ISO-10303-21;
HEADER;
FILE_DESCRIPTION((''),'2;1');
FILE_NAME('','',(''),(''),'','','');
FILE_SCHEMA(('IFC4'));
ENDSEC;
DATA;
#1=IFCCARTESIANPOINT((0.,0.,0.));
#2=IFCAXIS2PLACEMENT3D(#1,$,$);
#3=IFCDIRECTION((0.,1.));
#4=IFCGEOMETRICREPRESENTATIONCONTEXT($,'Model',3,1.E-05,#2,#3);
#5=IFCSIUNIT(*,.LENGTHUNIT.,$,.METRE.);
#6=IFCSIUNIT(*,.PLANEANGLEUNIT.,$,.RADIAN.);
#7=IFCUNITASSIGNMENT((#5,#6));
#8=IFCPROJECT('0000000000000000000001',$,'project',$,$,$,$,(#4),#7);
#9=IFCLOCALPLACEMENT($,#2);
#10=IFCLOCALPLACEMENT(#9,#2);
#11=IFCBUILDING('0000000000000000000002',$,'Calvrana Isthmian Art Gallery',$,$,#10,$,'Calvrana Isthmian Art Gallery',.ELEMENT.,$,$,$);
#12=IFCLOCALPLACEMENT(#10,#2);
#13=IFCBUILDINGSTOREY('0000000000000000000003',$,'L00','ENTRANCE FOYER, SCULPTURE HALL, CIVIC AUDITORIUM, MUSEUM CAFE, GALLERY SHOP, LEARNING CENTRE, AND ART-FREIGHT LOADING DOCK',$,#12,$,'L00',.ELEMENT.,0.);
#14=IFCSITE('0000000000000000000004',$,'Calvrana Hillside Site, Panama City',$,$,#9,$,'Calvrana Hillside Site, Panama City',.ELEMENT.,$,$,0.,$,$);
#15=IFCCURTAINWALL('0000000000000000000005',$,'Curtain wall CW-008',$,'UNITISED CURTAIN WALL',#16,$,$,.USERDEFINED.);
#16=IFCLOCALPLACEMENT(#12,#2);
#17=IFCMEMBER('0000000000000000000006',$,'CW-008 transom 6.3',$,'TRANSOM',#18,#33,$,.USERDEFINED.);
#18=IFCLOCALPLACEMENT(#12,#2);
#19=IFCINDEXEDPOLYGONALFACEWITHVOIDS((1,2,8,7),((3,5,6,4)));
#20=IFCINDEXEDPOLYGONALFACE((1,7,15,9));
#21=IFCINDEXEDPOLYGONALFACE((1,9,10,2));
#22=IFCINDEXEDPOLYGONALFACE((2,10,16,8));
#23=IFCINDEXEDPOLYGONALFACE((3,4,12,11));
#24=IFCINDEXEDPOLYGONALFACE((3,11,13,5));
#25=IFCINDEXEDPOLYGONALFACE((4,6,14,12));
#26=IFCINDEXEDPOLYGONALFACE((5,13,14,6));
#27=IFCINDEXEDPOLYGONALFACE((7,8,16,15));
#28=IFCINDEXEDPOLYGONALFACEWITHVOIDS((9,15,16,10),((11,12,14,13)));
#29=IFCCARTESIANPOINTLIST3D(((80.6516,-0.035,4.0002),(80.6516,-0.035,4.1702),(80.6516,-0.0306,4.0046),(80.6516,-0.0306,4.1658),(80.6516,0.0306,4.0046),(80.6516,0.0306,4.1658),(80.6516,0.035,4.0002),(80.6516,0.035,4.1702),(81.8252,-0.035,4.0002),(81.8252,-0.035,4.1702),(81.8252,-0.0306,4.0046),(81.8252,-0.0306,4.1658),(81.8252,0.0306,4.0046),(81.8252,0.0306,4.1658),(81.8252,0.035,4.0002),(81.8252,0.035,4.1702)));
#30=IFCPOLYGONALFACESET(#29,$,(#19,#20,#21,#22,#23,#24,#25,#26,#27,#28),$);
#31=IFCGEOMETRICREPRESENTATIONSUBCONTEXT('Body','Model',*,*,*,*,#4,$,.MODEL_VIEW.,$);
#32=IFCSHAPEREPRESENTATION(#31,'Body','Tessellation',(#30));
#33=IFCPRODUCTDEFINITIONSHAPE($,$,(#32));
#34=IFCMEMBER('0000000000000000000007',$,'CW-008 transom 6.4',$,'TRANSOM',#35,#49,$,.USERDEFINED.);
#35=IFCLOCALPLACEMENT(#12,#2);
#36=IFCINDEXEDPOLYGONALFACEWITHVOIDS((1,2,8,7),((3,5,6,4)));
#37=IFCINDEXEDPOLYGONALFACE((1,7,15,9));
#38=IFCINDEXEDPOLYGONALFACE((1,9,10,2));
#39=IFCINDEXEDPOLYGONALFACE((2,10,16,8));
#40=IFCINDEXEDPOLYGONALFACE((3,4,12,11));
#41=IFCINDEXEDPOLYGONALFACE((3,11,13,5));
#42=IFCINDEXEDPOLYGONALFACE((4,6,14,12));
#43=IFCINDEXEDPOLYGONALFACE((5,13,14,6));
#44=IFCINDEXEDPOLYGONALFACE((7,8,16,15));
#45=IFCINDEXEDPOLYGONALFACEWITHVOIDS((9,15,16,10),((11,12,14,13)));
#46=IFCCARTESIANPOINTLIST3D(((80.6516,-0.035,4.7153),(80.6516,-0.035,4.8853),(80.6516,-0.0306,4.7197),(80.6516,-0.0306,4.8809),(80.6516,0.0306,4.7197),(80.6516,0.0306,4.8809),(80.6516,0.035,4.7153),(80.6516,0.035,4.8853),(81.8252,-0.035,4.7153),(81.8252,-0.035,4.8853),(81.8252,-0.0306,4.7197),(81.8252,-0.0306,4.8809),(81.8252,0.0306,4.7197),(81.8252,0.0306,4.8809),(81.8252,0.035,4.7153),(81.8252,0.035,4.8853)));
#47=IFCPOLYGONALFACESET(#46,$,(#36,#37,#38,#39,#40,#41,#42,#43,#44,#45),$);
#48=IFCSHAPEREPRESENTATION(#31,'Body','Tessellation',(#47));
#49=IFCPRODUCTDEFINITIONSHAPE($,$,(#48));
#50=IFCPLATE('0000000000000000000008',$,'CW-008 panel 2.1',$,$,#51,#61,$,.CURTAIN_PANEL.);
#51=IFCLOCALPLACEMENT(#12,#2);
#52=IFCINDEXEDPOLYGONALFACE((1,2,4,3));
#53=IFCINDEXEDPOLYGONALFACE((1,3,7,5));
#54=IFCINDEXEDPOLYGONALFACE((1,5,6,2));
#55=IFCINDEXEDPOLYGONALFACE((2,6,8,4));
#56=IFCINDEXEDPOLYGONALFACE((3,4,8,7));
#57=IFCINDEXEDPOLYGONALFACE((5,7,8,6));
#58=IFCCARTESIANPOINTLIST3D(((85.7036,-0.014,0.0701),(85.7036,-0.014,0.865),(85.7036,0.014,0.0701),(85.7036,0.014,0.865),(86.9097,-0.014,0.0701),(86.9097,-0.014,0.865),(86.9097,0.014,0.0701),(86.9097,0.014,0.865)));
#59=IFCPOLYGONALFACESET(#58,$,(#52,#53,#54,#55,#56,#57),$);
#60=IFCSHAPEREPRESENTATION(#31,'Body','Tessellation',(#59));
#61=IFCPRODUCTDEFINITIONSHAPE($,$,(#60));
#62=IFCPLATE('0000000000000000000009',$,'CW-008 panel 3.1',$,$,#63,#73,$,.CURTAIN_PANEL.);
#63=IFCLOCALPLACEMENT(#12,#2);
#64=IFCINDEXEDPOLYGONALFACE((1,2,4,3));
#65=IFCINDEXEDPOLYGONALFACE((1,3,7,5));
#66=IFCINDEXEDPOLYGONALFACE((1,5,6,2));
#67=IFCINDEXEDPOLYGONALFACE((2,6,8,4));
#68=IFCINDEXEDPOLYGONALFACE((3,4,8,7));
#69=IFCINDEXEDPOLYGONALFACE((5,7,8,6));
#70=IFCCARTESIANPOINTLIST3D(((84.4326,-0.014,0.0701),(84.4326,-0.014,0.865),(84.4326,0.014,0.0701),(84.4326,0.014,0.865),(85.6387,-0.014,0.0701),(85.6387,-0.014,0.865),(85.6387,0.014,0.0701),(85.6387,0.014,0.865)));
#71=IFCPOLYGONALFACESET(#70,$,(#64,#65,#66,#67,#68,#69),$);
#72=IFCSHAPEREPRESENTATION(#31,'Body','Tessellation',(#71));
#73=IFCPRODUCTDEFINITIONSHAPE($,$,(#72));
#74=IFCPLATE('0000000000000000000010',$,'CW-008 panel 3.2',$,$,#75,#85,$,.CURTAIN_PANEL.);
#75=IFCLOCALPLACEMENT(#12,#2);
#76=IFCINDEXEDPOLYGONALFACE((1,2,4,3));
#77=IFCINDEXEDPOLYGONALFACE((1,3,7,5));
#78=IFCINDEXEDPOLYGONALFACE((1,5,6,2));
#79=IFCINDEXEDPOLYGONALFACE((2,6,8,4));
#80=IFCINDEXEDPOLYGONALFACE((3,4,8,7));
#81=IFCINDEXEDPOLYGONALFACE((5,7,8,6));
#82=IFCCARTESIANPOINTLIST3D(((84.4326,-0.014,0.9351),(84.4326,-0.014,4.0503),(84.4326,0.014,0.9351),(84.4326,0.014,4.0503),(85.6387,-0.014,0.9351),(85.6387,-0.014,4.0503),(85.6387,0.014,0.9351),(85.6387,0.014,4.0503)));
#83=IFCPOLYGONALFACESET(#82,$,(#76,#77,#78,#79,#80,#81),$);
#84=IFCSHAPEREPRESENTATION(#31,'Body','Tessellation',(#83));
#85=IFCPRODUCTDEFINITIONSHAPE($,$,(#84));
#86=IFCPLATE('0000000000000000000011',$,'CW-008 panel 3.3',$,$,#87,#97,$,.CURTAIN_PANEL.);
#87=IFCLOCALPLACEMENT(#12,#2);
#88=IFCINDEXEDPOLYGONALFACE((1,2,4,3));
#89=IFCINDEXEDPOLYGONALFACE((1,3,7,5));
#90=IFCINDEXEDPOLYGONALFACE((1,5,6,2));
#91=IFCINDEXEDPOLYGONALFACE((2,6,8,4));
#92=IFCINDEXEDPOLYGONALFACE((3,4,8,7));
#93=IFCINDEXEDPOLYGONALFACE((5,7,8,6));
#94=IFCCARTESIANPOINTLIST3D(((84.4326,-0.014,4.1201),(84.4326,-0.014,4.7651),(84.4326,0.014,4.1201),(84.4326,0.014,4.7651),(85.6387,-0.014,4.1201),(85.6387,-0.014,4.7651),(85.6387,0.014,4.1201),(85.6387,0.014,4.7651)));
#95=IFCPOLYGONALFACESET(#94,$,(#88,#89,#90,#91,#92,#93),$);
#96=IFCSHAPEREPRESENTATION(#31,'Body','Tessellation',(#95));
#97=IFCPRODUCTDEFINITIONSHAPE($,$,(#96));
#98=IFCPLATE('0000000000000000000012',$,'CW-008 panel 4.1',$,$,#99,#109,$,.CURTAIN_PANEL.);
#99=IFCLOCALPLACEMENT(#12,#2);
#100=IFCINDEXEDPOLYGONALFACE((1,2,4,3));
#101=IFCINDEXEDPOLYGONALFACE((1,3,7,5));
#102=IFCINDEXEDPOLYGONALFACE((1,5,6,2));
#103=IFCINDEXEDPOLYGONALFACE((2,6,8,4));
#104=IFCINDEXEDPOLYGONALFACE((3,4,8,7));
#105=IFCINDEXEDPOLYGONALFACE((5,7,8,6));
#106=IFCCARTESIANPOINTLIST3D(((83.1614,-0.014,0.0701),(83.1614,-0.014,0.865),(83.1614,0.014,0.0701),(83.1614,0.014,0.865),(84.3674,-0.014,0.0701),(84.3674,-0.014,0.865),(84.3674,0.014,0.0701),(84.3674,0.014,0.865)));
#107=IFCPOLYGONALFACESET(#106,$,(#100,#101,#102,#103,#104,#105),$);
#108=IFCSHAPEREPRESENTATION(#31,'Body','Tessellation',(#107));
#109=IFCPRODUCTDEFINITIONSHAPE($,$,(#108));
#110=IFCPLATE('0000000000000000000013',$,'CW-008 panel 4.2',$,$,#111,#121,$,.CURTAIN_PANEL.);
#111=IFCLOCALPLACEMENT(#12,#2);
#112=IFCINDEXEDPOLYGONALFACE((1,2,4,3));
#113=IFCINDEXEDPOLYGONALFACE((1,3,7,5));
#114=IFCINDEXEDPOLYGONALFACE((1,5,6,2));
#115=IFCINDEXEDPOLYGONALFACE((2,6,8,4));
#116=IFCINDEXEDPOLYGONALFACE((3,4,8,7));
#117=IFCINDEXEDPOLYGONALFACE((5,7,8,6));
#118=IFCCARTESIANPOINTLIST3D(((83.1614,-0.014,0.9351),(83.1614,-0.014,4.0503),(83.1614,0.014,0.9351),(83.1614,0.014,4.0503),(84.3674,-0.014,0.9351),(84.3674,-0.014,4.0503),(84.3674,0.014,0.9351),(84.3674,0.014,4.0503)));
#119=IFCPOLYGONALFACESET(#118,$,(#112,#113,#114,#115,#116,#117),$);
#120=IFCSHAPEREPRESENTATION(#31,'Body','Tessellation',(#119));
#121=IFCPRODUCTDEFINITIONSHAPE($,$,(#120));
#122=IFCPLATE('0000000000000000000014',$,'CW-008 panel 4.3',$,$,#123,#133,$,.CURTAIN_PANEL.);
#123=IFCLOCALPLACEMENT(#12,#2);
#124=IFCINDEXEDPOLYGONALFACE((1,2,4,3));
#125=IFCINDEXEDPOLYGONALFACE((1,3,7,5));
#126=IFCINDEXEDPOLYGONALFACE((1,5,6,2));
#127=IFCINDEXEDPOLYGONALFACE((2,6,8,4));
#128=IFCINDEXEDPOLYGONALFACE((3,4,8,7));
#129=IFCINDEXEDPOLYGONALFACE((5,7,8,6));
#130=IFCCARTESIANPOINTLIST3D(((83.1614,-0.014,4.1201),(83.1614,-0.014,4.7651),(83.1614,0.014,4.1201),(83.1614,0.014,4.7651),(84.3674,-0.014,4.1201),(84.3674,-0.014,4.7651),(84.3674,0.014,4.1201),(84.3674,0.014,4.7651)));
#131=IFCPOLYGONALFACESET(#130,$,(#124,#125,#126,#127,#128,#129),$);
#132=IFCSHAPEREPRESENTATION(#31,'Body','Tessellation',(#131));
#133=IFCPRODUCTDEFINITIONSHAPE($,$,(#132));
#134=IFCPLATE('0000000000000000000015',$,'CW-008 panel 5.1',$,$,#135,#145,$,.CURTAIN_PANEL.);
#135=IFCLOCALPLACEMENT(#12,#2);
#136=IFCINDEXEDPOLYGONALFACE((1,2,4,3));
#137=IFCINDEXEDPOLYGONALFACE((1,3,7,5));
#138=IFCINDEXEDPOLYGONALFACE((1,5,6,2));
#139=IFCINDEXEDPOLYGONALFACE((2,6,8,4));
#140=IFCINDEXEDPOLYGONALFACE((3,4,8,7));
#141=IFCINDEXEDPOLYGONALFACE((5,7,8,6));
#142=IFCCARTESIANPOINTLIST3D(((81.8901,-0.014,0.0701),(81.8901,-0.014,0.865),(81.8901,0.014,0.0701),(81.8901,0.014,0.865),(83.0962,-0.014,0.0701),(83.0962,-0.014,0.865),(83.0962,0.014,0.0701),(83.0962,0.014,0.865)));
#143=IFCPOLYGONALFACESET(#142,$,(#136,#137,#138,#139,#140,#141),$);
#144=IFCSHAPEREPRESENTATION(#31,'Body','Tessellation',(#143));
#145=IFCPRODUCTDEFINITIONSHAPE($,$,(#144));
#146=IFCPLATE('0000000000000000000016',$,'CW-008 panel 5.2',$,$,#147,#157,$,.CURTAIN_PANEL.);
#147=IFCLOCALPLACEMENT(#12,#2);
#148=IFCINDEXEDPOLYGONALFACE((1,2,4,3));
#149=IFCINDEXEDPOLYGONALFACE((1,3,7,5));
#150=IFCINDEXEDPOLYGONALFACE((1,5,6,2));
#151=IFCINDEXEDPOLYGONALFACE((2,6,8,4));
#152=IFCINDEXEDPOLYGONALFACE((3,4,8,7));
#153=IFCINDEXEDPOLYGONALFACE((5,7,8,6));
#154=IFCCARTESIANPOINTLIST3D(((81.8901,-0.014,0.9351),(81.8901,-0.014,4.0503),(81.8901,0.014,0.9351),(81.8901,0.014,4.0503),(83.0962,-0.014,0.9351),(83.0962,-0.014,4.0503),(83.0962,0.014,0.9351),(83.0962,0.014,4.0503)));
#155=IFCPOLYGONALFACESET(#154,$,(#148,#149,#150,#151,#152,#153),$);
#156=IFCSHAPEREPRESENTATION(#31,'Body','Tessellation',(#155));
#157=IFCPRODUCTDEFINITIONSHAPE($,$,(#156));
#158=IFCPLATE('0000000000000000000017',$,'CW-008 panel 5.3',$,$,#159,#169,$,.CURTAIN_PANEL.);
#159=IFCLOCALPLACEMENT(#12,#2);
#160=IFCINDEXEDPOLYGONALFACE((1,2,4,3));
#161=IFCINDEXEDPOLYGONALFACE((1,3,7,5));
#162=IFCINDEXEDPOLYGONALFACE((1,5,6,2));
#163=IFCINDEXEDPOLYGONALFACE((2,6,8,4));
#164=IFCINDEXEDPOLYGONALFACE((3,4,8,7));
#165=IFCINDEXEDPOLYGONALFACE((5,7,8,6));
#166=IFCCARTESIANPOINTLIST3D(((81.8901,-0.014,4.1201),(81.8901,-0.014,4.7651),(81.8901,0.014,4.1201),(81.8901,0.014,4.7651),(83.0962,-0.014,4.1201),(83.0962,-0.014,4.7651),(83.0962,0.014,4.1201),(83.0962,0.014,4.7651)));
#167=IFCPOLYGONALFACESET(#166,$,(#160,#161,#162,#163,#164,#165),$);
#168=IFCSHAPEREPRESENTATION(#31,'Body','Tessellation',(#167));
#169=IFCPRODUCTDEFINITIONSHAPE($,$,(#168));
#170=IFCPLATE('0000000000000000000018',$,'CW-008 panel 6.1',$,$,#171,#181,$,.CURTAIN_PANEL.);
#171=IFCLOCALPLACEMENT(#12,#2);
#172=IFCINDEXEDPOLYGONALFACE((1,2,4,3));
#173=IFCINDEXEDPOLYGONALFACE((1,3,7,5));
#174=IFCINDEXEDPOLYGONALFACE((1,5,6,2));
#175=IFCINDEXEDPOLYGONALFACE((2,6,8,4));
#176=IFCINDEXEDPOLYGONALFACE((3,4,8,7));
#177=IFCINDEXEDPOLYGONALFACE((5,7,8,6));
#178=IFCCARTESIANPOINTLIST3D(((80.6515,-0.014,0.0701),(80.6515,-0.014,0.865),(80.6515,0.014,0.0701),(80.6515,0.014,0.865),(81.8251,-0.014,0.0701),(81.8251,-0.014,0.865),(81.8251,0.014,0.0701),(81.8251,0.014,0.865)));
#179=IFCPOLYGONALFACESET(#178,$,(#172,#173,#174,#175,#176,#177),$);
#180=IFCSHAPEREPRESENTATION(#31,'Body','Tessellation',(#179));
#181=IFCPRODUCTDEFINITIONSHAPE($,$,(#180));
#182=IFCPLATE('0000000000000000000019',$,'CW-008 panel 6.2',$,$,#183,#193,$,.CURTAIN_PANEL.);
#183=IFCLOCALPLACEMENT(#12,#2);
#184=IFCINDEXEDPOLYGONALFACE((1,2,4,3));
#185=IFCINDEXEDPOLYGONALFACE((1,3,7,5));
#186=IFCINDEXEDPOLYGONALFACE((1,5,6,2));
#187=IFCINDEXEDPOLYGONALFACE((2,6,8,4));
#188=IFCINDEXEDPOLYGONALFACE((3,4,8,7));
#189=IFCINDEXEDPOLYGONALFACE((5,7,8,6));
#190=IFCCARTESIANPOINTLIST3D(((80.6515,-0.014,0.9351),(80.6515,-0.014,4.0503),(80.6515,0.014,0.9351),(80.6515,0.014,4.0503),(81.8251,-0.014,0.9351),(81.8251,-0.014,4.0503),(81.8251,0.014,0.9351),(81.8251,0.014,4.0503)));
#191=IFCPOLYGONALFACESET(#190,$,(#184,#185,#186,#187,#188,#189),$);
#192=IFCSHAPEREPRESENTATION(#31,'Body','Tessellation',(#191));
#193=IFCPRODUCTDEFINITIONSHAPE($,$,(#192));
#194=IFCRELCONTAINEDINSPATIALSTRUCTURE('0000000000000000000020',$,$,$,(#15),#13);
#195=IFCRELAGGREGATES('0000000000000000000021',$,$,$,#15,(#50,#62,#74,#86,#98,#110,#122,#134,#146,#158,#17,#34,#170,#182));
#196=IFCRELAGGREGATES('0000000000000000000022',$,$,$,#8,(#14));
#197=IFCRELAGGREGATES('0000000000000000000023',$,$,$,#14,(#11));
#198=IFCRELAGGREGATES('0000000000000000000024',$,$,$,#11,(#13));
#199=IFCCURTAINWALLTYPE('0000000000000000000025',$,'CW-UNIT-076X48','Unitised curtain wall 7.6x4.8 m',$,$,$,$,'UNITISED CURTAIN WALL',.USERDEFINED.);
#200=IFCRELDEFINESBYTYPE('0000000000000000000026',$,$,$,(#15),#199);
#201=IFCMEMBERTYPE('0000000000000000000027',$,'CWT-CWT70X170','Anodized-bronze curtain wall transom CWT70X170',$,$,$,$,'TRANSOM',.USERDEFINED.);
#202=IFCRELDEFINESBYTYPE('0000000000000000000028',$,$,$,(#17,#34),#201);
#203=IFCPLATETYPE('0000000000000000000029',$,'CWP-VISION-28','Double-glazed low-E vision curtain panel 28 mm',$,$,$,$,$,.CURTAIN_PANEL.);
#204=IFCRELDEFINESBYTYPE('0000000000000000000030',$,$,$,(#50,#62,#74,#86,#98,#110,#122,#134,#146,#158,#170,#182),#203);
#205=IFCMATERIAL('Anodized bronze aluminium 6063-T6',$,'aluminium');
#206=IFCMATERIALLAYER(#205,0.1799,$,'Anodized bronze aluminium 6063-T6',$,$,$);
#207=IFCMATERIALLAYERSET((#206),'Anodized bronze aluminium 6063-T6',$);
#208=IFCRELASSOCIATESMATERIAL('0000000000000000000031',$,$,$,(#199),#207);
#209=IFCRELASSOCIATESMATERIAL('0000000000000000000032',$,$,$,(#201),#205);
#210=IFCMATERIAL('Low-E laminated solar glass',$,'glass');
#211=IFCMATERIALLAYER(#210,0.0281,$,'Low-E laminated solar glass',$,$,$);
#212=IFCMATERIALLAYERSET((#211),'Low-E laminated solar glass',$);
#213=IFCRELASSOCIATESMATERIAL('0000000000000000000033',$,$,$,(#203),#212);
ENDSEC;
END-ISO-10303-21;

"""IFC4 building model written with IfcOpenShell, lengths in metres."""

from ifc_helpers import new_model, si_unit, direction, frame, origin, origin_2d, place, context, subcontext, project, spatial, rectangle, hollow_rectangle, extrude, material, layer, layer_set, material_profile, profile_set, type_object, element, aggregate, save


model = new_model("IFC4")

# Units and contexts
model_context = context("Model", 3, precision=1e-05, world=origin(), true_north=direction((0.0, 1.0)))
body_context = subcontext(model_context, "Body", "Model", "MODEL_VIEW")
ifc_project = project(units=[si_unit("LENGTHUNIT", "METRE"), si_unit("PLANEANGLEUNIT", "RADIAN")], contexts=[model_context])

# Site, building, storey
site_placement = place(None, origin())
site = spatial("IfcSite", under=ifc_project, at=site_placement, Name="Calvrana Hillside Site, Panama City", LongName="Calvrana Hillside Site, Panama City", CompositionType="ELEMENT", RefElevation=0.0)
building_placement = place(site_placement, origin())
building = spatial("IfcBuilding", under=site, at=building_placement, Name="Calvrana Isthmian Art Gallery", LongName="Calvrana Isthmian Art Gallery", CompositionType="ELEMENT")
storey_placement = place(building_placement, origin())
storey = spatial("IfcBuildingStorey", under=building, at=storey_placement, Name="L00", Description="ENTRANCE FOYER, SCULPTURE HALL, CIVIC AUDITORIUM, MUSEUM CAFE, GALLERY SHOP, LEARNING CENTRE, AND ART-FREIGHT LOADING DOCK", LongName="L00", CompositionType="ELEMENT", Elevation=0.0)

# Curtain wall, members, plates
ifc_material_1 = material(Name="Anodized bronze aluminium 6063-T6", Category="aluminium")
ifc_layer_1 = layer(ifc_material_1, 0.1799, Name="Anodized bronze aluminium 6063-T6")
ifc_layer_set_1 = layer_set([ifc_layer_1], Name="Anodized bronze aluminium 6063-T6")
curtain_wall_type = type_object("IfcCurtainWallType", Name="CW-UNIT-076X48", Description="Unitised curtain wall 7.6x4.8 m", ElementType="UNITISED CURTAIN WALL", PredefinedType="USERDEFINED", material=ifc_layer_set_1)
curtain_wall_placement = place(storey_placement, origin())
curtain_wall = element("IfcCurtainWall", 1, at=curtain_wall_placement, inside=storey, type_object=curtain_wall_type, Name="Curtain wall CW-008", ObjectType="UNITISED CURTAIN WALL", PredefinedType="USERDEFINED")
ifc_material_profile_1 = material_profile(ifc_material_1, hollow_rectangle(XDim=0.0701, YDim=0.1699, WallThickness=0.0044, at=origin_2d()), Name="CWT70X170")
ifc_profile_set_1 = profile_set([ifc_material_profile_1], Name="Anodized bronze aluminium 6063-T6")
member_type_1 = type_object("IfcMemberType", Name="CWT-CWT70X170", Description="Anodized-bronze curtain wall transom CWT70X170", ElementType="TRANSOM", PredefinedType="USERDEFINED", material=ifc_profile_set_1)
member_1_placement = place(storey_placement, frame((81.8252, 0.0, 4.0852), z_axis=(-1.0, 0.0, 0.0), x_axis=(0.0, -1.0, 0.0)))
member_1 = element("IfcMember", 2, at=member_1_placement, type_object=member_type_1, Name="CW-008 transom 6.3", ObjectType="TRANSOM", PredefinedType="USERDEFINED", context=body_context, shape_type="SweptSolid", body=[
    extrude(hollow_rectangle(XDim=0.0701, YDim=0.1699, WallThickness=0.0044, at=origin_2d()), origin(), (0.0, 0.0, 1.0), 1.1736),
])
member_2_placement = place(storey_placement, frame((81.8252, 0.0, 4.8003), z_axis=(-1.0, 0.0, 0.0), x_axis=(0.0, -1.0, 0.0)))
member_2 = element("IfcMember", 3, at=member_2_placement, type_object=member_type_1, Name="CW-008 transom 6.4", ObjectType="TRANSOM", PredefinedType="USERDEFINED", context=body_context, shape_type="SweptSolid", body=[
    extrude(hollow_rectangle(XDim=0.0701, YDim=0.1699, WallThickness=0.0044, at=origin_2d()), origin(), (0.0, 0.0, 1.0), 1.1736),
])
ifc_material_2 = material(Name="Low-E laminated solar glass", Category="glass")
ifc_layer_2 = layer(ifc_material_2, 0.0281, Name="Low-E laminated solar glass")
ifc_layer_set_2 = layer_set([ifc_layer_2], Name="Low-E laminated solar glass")
plate_type = type_object("IfcPlateType", Name="CWP-VISION-28", Description="Double-glazed low-E vision curtain panel 28 mm", PredefinedType="CURTAIN_PANEL", material=ifc_layer_set_2)
plate_1_placement = place(storey_placement, frame((86.3066, 0.0, 0.0701), z_axis=(0.0, 0.0, 1.0), x_axis=(-1.0, 0.0, 0.0)))
plate_1 = element("IfcPlate", 4, at=plate_1_placement, type_object=plate_type, Name="CW-008 panel 2.1", PredefinedType="CURTAIN_PANEL", context=body_context, shape_type="SweptSolid", body=[
    extrude(rectangle(XDim=1.2061, YDim=0.0281, at=origin_2d()), origin(), (0.0, 0.0, 1.0), 0.7949),
])
plate_2_placement = place(storey_placement, frame((85.0356, 0.0, 0.0701), z_axis=(0.0, 0.0, 1.0), x_axis=(-1.0, 0.0, 0.0)))
plate_2 = element("IfcPlate", 5, at=plate_2_placement, type_object=plate_type, Name="CW-008 panel 3.1", PredefinedType="CURTAIN_PANEL", context=body_context, shape_type="SweptSolid", body=[
    extrude(rectangle(XDim=1.2061, YDim=0.0281, at=origin_2d()), origin(), (0.0, 0.0, 1.0), 0.7949),
])
plate_3_placement = place(storey_placement, frame((85.0356, 0.0, 0.9351), z_axis=(0.0, 0.0, 1.0), x_axis=(-1.0, 0.0, 0.0)))
plate_3 = element("IfcPlate", 6, at=plate_3_placement, type_object=plate_type, Name="CW-008 panel 3.2", PredefinedType="CURTAIN_PANEL", context=body_context, shape_type="SweptSolid", body=[
    extrude(rectangle(XDim=1.2061, YDim=0.0281, at=origin_2d()), origin(), (0.0, 0.0, 1.0), 3.1152),
])
plate_4_placement = place(storey_placement, frame((85.0356, 0.0, 4.1201), z_axis=(0.0, 0.0, 1.0), x_axis=(-1.0, 0.0, 0.0)))
plate_4 = element("IfcPlate", 7, at=plate_4_placement, type_object=plate_type, Name="CW-008 panel 3.3", PredefinedType="CURTAIN_PANEL", context=body_context, shape_type="SweptSolid", body=[
    extrude(rectangle(XDim=1.2061, YDim=0.0281, at=origin_2d()), origin(), (0.0, 0.0, 1.0), 0.645),
])
plate_5_placement = place(storey_placement, frame((83.7644, 0.0, 0.0701), z_axis=(0.0, 0.0, 1.0), x_axis=(-1.0, 0.0, 0.0)))
plate_5 = element("IfcPlate", 8, at=plate_5_placement, type_object=plate_type, Name="CW-008 panel 4.1", PredefinedType="CURTAIN_PANEL", context=body_context, shape_type="SweptSolid", body=[
    extrude(rectangle(XDim=1.2061, YDim=0.0281, at=origin_2d()), origin(), (0.0, 0.0, 1.0), 0.7949),
])
plate_6_placement = place(storey_placement, frame((83.7644, 0.0, 0.9351), z_axis=(0.0, 0.0, 1.0), x_axis=(-1.0, 0.0, 0.0)))
plate_6 = element("IfcPlate", 9, at=plate_6_placement, type_object=plate_type, Name="CW-008 panel 4.2", PredefinedType="CURTAIN_PANEL", context=body_context, shape_type="SweptSolid", body=[
    extrude(rectangle(XDim=1.2061, YDim=0.0281, at=origin_2d()), origin(), (0.0, 0.0, 1.0), 3.1152),
])
plate_7_placement = place(storey_placement, frame((83.7644, 0.0, 4.1201), z_axis=(0.0, 0.0, 1.0), x_axis=(-1.0, 0.0, 0.0)))
plate_7 = element("IfcPlate", 10, at=plate_7_placement, type_object=plate_type, Name="CW-008 panel 4.3", PredefinedType="CURTAIN_PANEL", context=body_context, shape_type="SweptSolid", body=[
    extrude(rectangle(XDim=1.2061, YDim=0.0281, at=origin_2d()), origin(), (0.0, 0.0, 1.0), 0.645),
])
plate_8_placement = place(storey_placement, frame((82.4932, 0.0, 0.0701), z_axis=(0.0, 0.0, 1.0), x_axis=(-1.0, 0.0, 0.0)))
plate_8 = element("IfcPlate", 11, at=plate_8_placement, type_object=plate_type, Name="CW-008 panel 5.1", PredefinedType="CURTAIN_PANEL", context=body_context, shape_type="SweptSolid", body=[
    extrude(rectangle(XDim=1.2061, YDim=0.0281, at=origin_2d()), origin(), (0.0, 0.0, 1.0), 0.7949),
])
plate_9_placement = place(storey_placement, frame((82.4932, 0.0, 0.9351), z_axis=(0.0, 0.0, 1.0), x_axis=(-1.0, 0.0, 0.0)))
plate_9 = element("IfcPlate", 12, at=plate_9_placement, type_object=plate_type, Name="CW-008 panel 5.2", PredefinedType="CURTAIN_PANEL", context=body_context, shape_type="SweptSolid", body=[
    extrude(rectangle(XDim=1.2061, YDim=0.0281, at=origin_2d()), origin(), (0.0, 0.0, 1.0), 3.1152),
])
plate_10_placement = place(storey_placement, frame((82.4932, 0.0, 4.1201), z_axis=(0.0, 0.0, 1.0), x_axis=(-1.0, 0.0, 0.0)))
plate_10 = element("IfcPlate", 13, at=plate_10_placement, type_object=plate_type, Name="CW-008 panel 5.3", PredefinedType="CURTAIN_PANEL", context=body_context, shape_type="SweptSolid", body=[
    extrude(rectangle(XDim=1.2061, YDim=0.0281, at=origin_2d()), origin(), (0.0, 0.0, 1.0), 0.645),
])
plate_11_placement = place(storey_placement, frame((81.2383, 0.0, 0.0701), z_axis=(0.0, 0.0, 1.0), x_axis=(-1.0, 0.0, 0.0)))
plate_11 = element("IfcPlate", 14, at=plate_11_placement, type_object=plate_type, Name="CW-008 panel 6.1", PredefinedType="CURTAIN_PANEL", context=body_context, shape_type="SweptSolid", body=[
    extrude(rectangle(XDim=1.1736, YDim=0.0281, at=origin_2d()), origin(), (0.0, 0.0, 1.0), 0.7949),
])
plate_12_placement = place(storey_placement, frame((81.2383, 0.0, 0.9351), z_axis=(0.0, 0.0, 1.0), x_axis=(-1.0, 0.0, 0.0)))
plate_12 = element("IfcPlate", 15, at=plate_12_placement, type_object=plate_type, Name="CW-008 panel 6.2", PredefinedType="CURTAIN_PANEL", context=body_context, shape_type="SweptSolid", body=[
    extrude(rectangle(XDim=1.1736, YDim=0.0281, at=origin_2d()), origin(), (0.0, 0.0, 1.0), 3.1152),
])
aggregate(curtain_wall, [plate_1, plate_2, plate_3, plate_4, plate_5, plate_6, plate_7, plate_8, plate_9, plate_10, member_1, member_2, plate_11, plate_12])

save(model, "model.ifc")
